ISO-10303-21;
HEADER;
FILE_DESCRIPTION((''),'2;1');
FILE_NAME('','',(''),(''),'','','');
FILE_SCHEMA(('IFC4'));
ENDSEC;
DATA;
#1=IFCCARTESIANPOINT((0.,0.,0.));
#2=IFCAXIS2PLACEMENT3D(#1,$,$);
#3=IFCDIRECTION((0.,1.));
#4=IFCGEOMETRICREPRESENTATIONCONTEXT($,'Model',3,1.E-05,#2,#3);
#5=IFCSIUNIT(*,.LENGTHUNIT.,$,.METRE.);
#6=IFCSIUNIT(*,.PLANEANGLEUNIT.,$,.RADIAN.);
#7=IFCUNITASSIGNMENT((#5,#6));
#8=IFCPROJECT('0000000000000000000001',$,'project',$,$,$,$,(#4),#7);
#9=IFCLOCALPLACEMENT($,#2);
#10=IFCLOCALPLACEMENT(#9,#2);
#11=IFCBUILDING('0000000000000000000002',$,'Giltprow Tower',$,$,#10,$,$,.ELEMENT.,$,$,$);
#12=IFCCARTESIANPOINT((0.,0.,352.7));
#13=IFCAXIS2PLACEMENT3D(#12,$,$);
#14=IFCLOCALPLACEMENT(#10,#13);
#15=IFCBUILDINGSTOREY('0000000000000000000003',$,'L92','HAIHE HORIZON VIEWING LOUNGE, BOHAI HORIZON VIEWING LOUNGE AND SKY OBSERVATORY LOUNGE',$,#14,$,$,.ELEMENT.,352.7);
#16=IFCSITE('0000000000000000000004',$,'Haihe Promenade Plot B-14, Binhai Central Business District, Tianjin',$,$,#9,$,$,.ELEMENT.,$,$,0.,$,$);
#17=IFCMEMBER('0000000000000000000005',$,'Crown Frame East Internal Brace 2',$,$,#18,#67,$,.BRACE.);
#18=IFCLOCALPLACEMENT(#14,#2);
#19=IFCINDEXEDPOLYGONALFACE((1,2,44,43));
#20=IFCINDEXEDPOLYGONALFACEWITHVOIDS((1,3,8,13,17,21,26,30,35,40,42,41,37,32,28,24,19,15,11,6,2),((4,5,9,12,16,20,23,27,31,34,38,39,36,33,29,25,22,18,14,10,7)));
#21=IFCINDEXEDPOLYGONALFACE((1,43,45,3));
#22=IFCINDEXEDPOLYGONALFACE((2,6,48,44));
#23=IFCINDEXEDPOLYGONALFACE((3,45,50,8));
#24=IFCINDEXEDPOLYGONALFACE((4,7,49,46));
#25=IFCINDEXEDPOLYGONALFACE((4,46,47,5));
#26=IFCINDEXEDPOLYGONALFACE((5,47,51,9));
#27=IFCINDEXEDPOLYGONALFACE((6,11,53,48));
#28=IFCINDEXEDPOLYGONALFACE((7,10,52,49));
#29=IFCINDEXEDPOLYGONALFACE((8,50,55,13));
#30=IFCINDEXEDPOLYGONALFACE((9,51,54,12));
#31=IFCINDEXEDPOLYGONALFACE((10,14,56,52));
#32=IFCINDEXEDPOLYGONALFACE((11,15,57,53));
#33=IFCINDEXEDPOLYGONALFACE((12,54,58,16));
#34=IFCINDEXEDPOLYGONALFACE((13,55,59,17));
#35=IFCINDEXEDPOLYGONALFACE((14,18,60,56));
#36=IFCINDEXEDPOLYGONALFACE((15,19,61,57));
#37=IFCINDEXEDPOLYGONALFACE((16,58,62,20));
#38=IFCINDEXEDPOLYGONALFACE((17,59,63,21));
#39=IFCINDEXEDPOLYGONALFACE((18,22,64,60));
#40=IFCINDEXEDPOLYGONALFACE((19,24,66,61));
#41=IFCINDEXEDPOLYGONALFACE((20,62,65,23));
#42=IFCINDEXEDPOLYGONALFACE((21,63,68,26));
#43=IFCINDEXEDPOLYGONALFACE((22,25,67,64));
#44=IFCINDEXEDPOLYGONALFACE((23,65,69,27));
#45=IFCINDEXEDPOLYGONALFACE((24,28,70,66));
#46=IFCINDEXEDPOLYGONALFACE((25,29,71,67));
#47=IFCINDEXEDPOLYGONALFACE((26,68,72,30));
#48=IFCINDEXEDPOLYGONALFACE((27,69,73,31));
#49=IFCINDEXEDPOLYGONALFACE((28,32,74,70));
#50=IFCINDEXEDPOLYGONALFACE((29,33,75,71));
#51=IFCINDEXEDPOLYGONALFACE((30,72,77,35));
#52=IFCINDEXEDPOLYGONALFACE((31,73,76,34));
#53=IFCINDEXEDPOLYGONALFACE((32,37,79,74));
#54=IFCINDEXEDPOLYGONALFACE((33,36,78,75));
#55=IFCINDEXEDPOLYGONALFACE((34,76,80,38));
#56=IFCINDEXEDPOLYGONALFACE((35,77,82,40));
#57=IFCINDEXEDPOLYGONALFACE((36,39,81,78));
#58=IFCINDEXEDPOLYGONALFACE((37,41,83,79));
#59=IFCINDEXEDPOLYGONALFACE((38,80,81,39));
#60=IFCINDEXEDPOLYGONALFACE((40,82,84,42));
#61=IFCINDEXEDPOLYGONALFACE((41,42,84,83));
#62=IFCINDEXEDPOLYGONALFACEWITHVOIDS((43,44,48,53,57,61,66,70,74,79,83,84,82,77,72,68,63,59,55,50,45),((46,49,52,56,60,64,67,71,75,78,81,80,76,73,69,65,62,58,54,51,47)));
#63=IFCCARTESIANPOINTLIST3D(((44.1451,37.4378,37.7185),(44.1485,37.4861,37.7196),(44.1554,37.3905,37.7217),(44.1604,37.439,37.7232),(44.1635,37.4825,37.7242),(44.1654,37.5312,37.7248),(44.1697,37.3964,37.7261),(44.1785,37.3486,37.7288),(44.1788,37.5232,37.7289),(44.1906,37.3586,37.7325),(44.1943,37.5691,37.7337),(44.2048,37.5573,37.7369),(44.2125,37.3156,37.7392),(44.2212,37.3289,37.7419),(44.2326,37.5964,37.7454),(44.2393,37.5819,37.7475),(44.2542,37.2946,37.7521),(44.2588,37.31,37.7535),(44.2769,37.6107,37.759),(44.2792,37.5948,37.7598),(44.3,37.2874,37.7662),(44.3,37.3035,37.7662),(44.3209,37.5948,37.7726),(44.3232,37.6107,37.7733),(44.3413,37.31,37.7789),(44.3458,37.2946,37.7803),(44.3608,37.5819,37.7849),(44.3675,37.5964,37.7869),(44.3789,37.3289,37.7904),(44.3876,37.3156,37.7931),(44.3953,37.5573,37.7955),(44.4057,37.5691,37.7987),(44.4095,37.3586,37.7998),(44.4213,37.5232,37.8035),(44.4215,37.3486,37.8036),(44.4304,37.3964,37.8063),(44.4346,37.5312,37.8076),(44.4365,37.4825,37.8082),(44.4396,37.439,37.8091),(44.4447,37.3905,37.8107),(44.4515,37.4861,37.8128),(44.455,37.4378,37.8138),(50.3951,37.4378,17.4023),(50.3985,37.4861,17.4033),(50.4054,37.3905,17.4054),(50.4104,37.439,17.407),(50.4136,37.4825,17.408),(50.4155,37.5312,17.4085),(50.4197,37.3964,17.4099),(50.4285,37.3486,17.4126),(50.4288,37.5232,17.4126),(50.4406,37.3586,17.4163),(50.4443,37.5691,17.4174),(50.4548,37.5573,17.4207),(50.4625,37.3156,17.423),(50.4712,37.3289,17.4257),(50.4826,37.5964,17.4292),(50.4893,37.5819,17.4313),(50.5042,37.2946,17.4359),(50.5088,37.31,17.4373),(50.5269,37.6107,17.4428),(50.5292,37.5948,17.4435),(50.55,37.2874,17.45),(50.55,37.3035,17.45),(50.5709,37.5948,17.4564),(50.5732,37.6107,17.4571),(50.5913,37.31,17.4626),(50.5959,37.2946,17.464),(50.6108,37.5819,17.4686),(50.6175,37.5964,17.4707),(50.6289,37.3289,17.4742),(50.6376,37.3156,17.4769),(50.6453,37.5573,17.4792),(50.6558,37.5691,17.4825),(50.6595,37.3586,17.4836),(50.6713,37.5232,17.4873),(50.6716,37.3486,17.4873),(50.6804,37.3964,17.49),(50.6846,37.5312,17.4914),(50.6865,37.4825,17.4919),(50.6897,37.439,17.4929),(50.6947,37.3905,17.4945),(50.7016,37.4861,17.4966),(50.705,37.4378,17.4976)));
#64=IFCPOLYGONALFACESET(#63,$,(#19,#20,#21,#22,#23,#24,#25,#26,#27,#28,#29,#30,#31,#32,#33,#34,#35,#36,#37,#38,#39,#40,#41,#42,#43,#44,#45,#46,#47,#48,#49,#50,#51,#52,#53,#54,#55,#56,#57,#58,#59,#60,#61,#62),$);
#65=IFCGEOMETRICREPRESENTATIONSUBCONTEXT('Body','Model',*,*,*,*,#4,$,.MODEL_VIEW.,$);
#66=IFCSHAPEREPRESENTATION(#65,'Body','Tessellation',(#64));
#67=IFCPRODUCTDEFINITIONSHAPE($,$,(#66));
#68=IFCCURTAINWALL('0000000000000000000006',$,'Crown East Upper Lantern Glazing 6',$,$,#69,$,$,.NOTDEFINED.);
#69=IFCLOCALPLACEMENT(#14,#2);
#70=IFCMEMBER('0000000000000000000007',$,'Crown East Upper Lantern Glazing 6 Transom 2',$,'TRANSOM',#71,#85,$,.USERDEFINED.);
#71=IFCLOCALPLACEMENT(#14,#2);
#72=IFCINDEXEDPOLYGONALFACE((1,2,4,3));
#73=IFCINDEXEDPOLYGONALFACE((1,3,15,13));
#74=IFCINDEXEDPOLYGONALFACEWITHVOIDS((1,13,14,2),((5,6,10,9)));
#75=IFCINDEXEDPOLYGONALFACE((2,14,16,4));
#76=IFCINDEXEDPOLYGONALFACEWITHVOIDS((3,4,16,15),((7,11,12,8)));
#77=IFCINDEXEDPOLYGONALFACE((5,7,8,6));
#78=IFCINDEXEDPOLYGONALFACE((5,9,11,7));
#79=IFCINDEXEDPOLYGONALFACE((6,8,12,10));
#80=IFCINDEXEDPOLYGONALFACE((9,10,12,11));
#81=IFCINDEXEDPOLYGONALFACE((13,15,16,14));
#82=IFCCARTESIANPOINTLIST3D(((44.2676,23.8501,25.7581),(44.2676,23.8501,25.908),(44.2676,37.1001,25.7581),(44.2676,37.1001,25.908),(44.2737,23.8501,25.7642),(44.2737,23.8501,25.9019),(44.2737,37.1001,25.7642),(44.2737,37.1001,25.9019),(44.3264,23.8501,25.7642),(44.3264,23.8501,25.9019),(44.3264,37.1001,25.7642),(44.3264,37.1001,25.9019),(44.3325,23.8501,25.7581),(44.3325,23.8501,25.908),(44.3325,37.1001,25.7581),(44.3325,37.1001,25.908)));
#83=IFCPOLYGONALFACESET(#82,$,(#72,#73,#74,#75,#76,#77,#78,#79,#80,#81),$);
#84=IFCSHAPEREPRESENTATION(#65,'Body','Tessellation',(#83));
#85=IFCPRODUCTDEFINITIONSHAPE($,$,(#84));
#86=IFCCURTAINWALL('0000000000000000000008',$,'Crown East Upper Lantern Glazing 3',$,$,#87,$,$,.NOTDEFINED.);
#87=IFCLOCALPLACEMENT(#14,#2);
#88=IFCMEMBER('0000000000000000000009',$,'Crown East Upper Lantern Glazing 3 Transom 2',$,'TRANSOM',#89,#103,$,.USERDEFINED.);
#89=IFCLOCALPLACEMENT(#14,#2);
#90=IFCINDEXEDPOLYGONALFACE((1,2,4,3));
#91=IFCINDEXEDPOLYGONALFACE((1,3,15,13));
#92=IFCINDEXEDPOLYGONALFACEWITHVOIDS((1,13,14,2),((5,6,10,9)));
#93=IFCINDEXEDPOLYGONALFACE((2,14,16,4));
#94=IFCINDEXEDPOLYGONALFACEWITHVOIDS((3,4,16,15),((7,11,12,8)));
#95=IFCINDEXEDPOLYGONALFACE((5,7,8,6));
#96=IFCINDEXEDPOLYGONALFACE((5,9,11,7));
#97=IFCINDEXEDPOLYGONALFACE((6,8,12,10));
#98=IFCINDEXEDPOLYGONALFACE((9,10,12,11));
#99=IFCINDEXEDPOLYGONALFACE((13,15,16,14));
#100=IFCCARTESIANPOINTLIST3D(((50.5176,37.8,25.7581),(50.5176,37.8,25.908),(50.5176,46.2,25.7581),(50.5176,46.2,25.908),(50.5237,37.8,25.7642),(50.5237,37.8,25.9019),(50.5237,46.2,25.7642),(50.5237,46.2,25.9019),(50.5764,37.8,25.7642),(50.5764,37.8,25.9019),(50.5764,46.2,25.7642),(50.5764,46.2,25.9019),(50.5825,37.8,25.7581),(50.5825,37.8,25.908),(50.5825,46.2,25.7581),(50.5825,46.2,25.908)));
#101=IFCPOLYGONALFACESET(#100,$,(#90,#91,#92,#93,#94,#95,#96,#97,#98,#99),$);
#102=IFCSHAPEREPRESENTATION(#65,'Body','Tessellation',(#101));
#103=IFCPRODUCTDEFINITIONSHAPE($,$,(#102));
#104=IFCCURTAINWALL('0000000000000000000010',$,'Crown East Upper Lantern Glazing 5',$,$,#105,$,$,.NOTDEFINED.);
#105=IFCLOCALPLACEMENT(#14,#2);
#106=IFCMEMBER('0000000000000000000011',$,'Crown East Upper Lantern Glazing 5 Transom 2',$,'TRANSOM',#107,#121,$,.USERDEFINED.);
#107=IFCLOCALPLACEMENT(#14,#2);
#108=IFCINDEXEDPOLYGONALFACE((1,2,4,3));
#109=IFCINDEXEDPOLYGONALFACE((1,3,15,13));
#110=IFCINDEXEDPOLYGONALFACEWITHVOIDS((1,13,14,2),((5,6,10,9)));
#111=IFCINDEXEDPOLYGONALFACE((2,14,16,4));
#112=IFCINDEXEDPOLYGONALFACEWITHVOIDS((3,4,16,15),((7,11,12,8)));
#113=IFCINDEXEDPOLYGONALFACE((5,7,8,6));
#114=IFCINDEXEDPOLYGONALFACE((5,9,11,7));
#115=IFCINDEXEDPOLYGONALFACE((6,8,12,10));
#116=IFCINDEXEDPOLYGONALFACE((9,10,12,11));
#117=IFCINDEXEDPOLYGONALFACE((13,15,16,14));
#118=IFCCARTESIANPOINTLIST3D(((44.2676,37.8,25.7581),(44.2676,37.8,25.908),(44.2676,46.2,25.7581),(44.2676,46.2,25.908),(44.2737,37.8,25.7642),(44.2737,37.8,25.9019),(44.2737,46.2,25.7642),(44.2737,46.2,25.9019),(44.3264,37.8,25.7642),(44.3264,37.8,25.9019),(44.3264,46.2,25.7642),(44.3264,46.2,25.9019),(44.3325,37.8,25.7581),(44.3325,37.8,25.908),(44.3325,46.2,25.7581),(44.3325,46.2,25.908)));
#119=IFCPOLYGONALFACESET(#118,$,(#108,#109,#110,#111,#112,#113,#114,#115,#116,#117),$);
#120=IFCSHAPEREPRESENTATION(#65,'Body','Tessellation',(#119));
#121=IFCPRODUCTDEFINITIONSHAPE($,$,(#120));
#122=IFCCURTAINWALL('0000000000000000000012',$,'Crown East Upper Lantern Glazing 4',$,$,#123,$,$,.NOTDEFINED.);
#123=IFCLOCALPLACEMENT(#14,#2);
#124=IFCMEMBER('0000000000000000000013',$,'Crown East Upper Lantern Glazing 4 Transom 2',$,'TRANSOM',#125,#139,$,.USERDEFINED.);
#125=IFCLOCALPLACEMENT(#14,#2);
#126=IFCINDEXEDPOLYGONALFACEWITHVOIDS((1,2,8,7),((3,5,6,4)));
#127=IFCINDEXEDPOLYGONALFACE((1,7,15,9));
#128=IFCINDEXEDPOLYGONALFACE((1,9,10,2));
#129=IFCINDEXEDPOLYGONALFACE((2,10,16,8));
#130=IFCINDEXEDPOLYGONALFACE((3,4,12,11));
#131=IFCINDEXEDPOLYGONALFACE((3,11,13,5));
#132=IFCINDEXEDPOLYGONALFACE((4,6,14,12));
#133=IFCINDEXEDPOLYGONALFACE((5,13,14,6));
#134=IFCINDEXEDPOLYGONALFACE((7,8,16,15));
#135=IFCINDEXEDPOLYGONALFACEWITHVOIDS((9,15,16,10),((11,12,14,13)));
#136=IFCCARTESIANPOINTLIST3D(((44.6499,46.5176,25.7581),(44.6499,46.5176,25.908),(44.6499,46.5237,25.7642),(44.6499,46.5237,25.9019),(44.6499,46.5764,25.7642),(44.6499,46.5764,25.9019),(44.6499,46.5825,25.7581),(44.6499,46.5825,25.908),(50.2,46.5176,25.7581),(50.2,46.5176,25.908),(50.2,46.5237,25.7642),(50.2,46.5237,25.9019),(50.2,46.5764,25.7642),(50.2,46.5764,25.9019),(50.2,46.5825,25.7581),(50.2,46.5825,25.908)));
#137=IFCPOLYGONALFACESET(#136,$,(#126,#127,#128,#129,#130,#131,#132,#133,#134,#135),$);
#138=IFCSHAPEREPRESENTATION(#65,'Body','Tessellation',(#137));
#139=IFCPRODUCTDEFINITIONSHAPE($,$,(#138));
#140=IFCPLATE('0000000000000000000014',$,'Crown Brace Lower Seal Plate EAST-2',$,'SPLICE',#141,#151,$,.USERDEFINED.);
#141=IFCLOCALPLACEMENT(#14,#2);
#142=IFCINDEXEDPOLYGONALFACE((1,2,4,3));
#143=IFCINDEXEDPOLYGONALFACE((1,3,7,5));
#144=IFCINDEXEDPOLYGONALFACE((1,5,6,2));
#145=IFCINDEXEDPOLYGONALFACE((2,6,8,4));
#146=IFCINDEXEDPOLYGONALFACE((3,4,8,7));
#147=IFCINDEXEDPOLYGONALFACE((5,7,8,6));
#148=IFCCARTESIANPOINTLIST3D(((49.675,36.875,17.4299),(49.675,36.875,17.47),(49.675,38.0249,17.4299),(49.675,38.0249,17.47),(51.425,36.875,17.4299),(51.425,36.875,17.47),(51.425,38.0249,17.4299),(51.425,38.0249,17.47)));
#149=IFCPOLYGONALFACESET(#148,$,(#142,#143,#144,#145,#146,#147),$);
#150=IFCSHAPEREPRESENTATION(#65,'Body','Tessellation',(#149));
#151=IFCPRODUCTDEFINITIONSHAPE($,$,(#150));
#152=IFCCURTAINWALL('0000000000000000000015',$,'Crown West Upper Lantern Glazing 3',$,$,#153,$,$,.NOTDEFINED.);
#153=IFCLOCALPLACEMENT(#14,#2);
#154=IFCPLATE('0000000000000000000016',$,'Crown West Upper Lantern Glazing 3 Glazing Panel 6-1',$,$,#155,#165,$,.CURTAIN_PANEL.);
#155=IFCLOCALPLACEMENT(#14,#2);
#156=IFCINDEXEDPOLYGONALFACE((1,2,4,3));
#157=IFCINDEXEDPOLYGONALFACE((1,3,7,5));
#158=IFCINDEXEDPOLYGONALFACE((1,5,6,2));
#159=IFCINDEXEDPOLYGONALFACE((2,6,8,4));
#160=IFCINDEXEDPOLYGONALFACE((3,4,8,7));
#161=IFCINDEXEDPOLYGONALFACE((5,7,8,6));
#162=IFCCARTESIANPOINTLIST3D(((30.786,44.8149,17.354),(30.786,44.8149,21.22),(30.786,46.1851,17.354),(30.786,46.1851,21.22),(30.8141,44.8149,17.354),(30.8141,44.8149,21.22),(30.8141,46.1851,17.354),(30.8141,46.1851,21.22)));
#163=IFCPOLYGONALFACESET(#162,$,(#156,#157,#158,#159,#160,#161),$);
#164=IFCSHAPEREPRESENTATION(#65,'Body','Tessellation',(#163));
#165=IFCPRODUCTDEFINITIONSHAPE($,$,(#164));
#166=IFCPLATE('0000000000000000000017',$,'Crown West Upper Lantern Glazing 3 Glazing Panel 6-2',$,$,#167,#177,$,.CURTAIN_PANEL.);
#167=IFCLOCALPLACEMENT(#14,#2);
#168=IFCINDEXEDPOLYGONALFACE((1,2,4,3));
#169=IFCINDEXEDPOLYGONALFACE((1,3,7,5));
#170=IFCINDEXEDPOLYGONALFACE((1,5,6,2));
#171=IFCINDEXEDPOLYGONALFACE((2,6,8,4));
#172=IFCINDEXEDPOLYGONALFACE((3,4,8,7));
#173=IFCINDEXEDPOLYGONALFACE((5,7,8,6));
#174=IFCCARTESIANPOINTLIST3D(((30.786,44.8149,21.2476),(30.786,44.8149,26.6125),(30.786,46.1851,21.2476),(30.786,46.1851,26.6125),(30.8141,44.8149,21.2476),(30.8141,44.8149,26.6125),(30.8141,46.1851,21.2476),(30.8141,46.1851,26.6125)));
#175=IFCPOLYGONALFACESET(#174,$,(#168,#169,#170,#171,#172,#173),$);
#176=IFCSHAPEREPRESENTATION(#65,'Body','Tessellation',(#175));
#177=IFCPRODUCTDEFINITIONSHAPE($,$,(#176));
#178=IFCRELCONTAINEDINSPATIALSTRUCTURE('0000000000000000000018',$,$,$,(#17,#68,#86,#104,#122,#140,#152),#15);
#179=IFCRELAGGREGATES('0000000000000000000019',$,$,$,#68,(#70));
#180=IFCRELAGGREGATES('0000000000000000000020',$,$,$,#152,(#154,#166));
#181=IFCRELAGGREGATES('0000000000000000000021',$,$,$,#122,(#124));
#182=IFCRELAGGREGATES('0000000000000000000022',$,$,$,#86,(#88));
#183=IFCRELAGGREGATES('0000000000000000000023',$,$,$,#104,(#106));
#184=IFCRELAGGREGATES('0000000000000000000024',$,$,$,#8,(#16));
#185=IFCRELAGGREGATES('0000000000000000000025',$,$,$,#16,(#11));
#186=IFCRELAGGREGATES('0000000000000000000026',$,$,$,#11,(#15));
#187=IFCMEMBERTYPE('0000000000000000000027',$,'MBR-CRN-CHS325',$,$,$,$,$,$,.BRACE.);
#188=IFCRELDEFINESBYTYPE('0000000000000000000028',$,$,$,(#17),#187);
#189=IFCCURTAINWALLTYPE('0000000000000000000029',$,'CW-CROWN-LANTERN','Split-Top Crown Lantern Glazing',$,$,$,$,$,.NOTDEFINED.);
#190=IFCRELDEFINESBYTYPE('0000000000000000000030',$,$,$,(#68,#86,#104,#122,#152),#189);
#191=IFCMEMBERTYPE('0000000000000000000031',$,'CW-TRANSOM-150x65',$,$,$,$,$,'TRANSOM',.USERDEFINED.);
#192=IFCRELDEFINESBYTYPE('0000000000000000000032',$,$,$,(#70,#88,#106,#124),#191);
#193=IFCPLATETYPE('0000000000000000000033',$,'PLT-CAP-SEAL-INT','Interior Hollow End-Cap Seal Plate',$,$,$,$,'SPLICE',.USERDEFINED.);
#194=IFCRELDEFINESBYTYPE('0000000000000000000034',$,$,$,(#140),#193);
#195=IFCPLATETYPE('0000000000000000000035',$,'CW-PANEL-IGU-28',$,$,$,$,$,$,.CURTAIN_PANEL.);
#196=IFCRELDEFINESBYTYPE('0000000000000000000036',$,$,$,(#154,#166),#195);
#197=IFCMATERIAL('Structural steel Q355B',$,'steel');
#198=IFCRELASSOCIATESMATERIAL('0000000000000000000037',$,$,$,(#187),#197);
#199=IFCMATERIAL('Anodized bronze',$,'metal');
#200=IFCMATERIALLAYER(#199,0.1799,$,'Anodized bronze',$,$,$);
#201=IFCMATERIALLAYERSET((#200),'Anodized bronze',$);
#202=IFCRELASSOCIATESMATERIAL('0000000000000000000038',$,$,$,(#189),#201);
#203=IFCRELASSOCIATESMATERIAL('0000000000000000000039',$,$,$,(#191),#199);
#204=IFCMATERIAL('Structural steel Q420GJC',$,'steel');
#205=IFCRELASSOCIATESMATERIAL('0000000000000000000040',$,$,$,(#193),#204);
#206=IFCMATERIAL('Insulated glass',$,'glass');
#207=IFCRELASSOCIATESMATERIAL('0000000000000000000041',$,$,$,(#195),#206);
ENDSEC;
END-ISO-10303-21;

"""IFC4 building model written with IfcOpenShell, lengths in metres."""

from ifc_helpers import new_model, si_unit, direction, frame, origin, origin_2d, place, context, subcontext, project, spatial, rectangle, hollow_rectangle, hollow_circle, extrude, source, transform, mapped, material, layer, layer_set, material_profile, profile_set, type_object, element, aggregate, save


model = new_model("IFC4")

# Units and contexts
model_context = context("Model", 3, precision=1e-05, world=origin(), true_north=direction((0.0, 1.0)))
body_context = subcontext(model_context, "Body", "Model", "MODEL_VIEW")
ifc_project = project(units=[si_unit("LENGTHUNIT", "METRE"), si_unit("PLANEANGLEUNIT", "RADIAN")], contexts=[model_context])

# Site, building, storey
site_placement = place(None, origin())
site = spatial("IfcSite", under=ifc_project, at=site_placement, Name="Haihe Promenade Plot B-14, Binhai Central Business District, Tianjin", CompositionType="ELEMENT", RefElevation=0.0)
building_placement = place(site_placement, origin())
building = spatial("IfcBuilding", under=site, at=building_placement, Name="Giltprow Tower", CompositionType="ELEMENT")
storey_placement = place(building_placement, frame((0.0, 0.0, 352.7)))
storey = spatial("IfcBuildingStorey", under=building, at=storey_placement, Name="L92", Description="HAIHE HORIZON VIEWING LOUNGE, BOHAI HORIZON VIEWING LOUNGE AND SKY OBSERVATORY LOUNGE", CompositionType="ELEMENT", Elevation=352.7)

# Member
ifc_material_1 = material(Name="Structural steel Q355B", Category="steel")
ifc_material_profile_1 = material_profile(ifc_material_1, hollow_circle(Radius=0.1626, WallThickness=0.0161, at=origin_2d()), Name="CHS 325x16")
ifc_profile_set_1 = profile_set([ifc_material_profile_1], Name="Structural steel Q355B")
member_type_1 = type_object("IfcMemberType", Name="MBR-CRN-CHS325", PredefinedType="BRACE", material=ifc_profile_set_1)
shared_shape_1 = source(origin(), body_context, "Body", "SweptSolid", [
    extrude(hollow_circle(Radius=0.1626, WallThickness=0.0161, at=origin_2d()), origin(), (0.0, 0.0, 1.0), 21.2559),
])
member_1_placement = place(storey_placement, frame((50.55, 37.45, 17.45), z_axis=(-0.294037, 0.0, 0.955794), x_axis=(0.0, -1.0, 0.0)))
element("IfcMember", 1, at=member_1_placement, inside=storey, type_object=member_type_1, Name="Crown Frame East Internal Brace 2", PredefinedType="BRACE", context=body_context, shape_type="MappedRepresentation", body=[
    mapped(shared_shape_1, transform((0.0, 0.0, 0.0), x_axis=(1.0, 0.0, 0.0), y_axis=(0.0, 1.0, 0.0), z_axis=(0.0, 0.0, 1.0), scale=1.0)),
])

# Curtain walls, members
ifc_material_2 = material(Name="Anodized bronze", Category="metal")
ifc_layer = layer(ifc_material_2, 0.1799, Name="Anodized bronze")
ifc_layer_set = layer_set([ifc_layer], Name="Anodized bronze")
curtain_wall_type = type_object("IfcCurtainWallType", Name="CW-CROWN-LANTERN", Description="Split-Top Crown Lantern Glazing", PredefinedType="NOTDEFINED", material=ifc_layer_set)
curtain_wall_1_placement = place(storey_placement, origin())
curtain_wall_1 = element("IfcCurtainWall", 2, at=curtain_wall_1_placement, inside=storey, type_object=curtain_wall_type, Name="Crown East Upper Lantern Glazing 6", PredefinedType="NOTDEFINED")
ifc_material_profile_2 = material_profile(ifc_material_2, hollow_rectangle(XDim=0.0649, YDim=0.1499, WallThickness=0.0061, at=origin_2d()), Name="RHS 150x65x6")
ifc_profile_set_2 = profile_set([ifc_material_profile_2], Name="Anodized bronze")
member_type_2 = type_object("IfcMemberType", Name="CW-TRANSOM-150x65", ElementType="TRANSOM", PredefinedType="USERDEFINED", material=ifc_profile_set_2)
shared_shape_2 = source(origin(), body_context, "Body", "SweptSolid", [
    extrude(hollow_rectangle(XDim=0.0649, YDim=0.1499, WallThickness=0.0061, at=origin_2d()), origin(), (0.0, 0.0, 1.0), 13.25),
])
member_2_placement = place(storey_placement, frame((44.3, 37.1001, 25.833), z_axis=(0.0, -1.0, 0.0), x_axis=(1.0, 0.0, 0.0)))
member_2 = element("IfcMember", 3, at=member_2_placement, type_object=member_type_2, Name="Crown East Upper Lantern Glazing 6 Transom 2", ObjectType="TRANSOM", PredefinedType="USERDEFINED", context=body_context, shape_type="MappedRepresentation", body=[
    mapped(shared_shape_2, transform((0.0, 0.0, 0.0), x_axis=(1.0, 0.0, 0.0), y_axis=(0.0, 1.0, 0.0), z_axis=(0.0, 0.0, 1.0), scale=1.0)),
])
aggregate(curtain_wall_1, [member_2])
curtain_wall_2_placement = place(storey_placement, origin())
curtain_wall_2 = element("IfcCurtainWall", 4, at=curtain_wall_2_placement, inside=storey, type_object=curtain_wall_type, Name="Crown East Upper Lantern Glazing 3", PredefinedType="NOTDEFINED")
shared_shape_3 = source(origin(), body_context, "Body", "SweptSolid", [
    extrude(hollow_rectangle(XDim=0.0649, YDim=0.1499, WallThickness=0.0061, at=origin_2d()), origin(), (0.0, 0.0, 1.0), 8.3999),
])
member_3_placement = place(storey_placement, frame((50.55, 37.8, 25.833), z_axis=(0.0, 1.0, 0.0), x_axis=(-1.0, 0.0, 0.0)))
member_3 = element("IfcMember", 5, at=member_3_placement, type_object=member_type_2, Name="Crown East Upper Lantern Glazing 3 Transom 2", ObjectType="TRANSOM", PredefinedType="USERDEFINED", context=body_context, shape_type="MappedRepresentation", body=[
    mapped(shared_shape_3, transform((0.0, 0.0, 0.0), x_axis=(1.0, 0.0, 0.0), y_axis=(0.0, 1.0, 0.0), z_axis=(0.0, 0.0, 1.0), scale=1.0)),
])
curtain_wall_3_placement = place(storey_placement, origin())
curtain_wall_3 = element("IfcCurtainWall", 6, at=curtain_wall_3_placement, inside=storey, type_object=curtain_wall_type, Name="Crown East Upper Lantern Glazing 5", PredefinedType="NOTDEFINED")
member_4_placement = place(storey_placement, frame((44.3, 46.2, 25.833), z_axis=(0.0, -1.0, 0.0), x_axis=(1.0, 0.0, 0.0)))
member_4 = element("IfcMember", 7, at=member_4_placement, type_object=member_type_2, Name="Crown East Upper Lantern Glazing 5 Transom 2", ObjectType="TRANSOM", PredefinedType="USERDEFINED", context=body_context, shape_type="MappedRepresentation", body=[
    mapped(shared_shape_3, transform((0.0, 0.0, 0.0), x_axis=(1.0, 0.0, 0.0), y_axis=(0.0, 1.0, 0.0), z_axis=(0.0, 0.0, 1.0), scale=1.0)),
])
curtain_wall_4_placement = place(storey_placement, origin())
curtain_wall_4 = element("IfcCurtainWall", 8, at=curtain_wall_4_placement, inside=storey, type_object=curtain_wall_type, Name="Crown East Upper Lantern Glazing 4", PredefinedType="NOTDEFINED")
shared_shape_4 = source(origin(), body_context, "Body", "SweptSolid", [
    extrude(hollow_rectangle(XDim=0.0649, YDim=0.1499, WallThickness=0.0061, at=origin_2d()), origin(), (0.0, 0.0, 1.0), 5.55),
])
member_5_placement = place(storey_placement, frame((50.2, 46.55, 25.833), z_axis=(-1.0, 0.0, 0.0), x_axis=(0.0, -1.0, 0.0)))
member_5 = element("IfcMember", 9, at=member_5_placement, type_object=member_type_2, Name="Crown East Upper Lantern Glazing 4 Transom 2", ObjectType="TRANSOM", PredefinedType="USERDEFINED", context=body_context, shape_type="MappedRepresentation", body=[
    mapped(shared_shape_4, transform((0.0, 0.0, 0.0), x_axis=(1.0, 0.0, 0.0), y_axis=(0.0, 1.0, 0.0), z_axis=(0.0, 0.0, 1.0), scale=1.0)),
])

# Plate
ifc_material_3 = material(Name="Structural steel Q420GJC", Category="steel")
plate_type_1 = type_object("IfcPlateType", Name="PLT-CAP-SEAL-INT", Description="Interior Hollow End-Cap Seal Plate", ElementType="SPLICE", PredefinedType="USERDEFINED", material=ifc_material_3)
shared_shape_5 = source(origin(), body_context, "Body", "SweptSolid", [
    extrude(rectangle(XDim=1.75, YDim=1.1499, at=origin_2d()), origin(), (0.0, 0.0, 1.0), 0.04),
])
plate_1_placement = place(storey_placement, frame((50.55, 37.45, 17.4299), z_axis=(0.0, 0.0, 1.0), x_axis=(1.0, 0.0, 0.0)))
element("IfcPlate", 10, at=plate_1_placement, inside=storey, type_object=plate_type_1, Name="Crown Brace Lower Seal Plate EAST-2", ObjectType="SPLICE", PredefinedType="USERDEFINED", context=body_context, shape_type="MappedRepresentation", body=[
    mapped(shared_shape_5, transform((0.0, 0.0, 0.0), x_axis=(1.0, 0.0, 0.0), y_axis=(0.0, 1.0, 0.0), z_axis=(0.0, 0.0, 1.0), scale=1.0)),
])

# Curtain wall, plates
curtain_wall_5_placement = place(storey_placement, origin())
curtain_wall_5 = element("IfcCurtainWall", 11, at=curtain_wall_5_placement, inside=storey, type_object=curtain_wall_type, Name="Crown West Upper Lantern Glazing 3", PredefinedType="NOTDEFINED")
ifc_material_4 = material(Name="Insulated glass", Category="glass")
plate_type_2 = type_object("IfcPlateType", Name="CW-PANEL-IGU-28", PredefinedType="CURTAIN_PANEL", material=ifc_material_4)
shared_shape_6 = source(origin(), body_context, "Body", "SweptSolid", [
    extrude(rectangle(XDim=1.3701, YDim=0.0281, at=origin_2d()), origin(), (0.0, 0.0, 1.0), 3.866),
])
plate_2_placement = place(storey_placement, frame((30.8, 45.5, 17.354), z_axis=(0.0, 0.0, 1.0), x_axis=(0.0, 1.0, 0.0)))
plate_2 = element("IfcPlate", 12, at=plate_2_placement, type_object=plate_type_2, Name="Crown West Upper Lantern Glazing 3 Glazing Panel 6-1", PredefinedType="CURTAIN_PANEL", context=body_context, shape_type="MappedRepresentation", body=[
    mapped(shared_shape_6, transform((0.0, 0.0, 0.0), x_axis=(1.0, 0.0, 0.0), y_axis=(0.0, 1.0, 0.0), z_axis=(0.0, 0.0, 1.0), scale=1.0)),
])
shared_shape_7 = source(origin(), body_context, "Body", "SweptSolid", [
    extrude(rectangle(XDim=1.3701, YDim=0.0281, at=origin_2d()), origin(), (0.0, 0.0, 1.0), 5.365),
])
plate_3_placement = place(storey_placement, frame((30.8, 45.5, 21.2476), z_axis=(0.0, 0.0, 1.0), x_axis=(0.0, 1.0, 0.0)))
plate_3 = element("IfcPlate", 13, at=plate_3_placement, type_object=plate_type_2, Name="Crown West Upper Lantern Glazing 3 Glazing Panel 6-2", PredefinedType="CURTAIN_PANEL", context=body_context, shape_type="MappedRepresentation", body=[
    mapped(shared_shape_7, transform((0.0, 0.0, 0.0), x_axis=(1.0, 0.0, 0.0), y_axis=(0.0, 1.0, 0.0), z_axis=(0.0, 0.0, 1.0), scale=1.0)),
])
aggregate(curtain_wall_5, [plate_2, plate_3])

aggregate(curtain_wall_4, [member_5])
aggregate(curtain_wall_2, [member_3])
aggregate(curtain_wall_3, [member_4])

save(model, "model.ifc")
